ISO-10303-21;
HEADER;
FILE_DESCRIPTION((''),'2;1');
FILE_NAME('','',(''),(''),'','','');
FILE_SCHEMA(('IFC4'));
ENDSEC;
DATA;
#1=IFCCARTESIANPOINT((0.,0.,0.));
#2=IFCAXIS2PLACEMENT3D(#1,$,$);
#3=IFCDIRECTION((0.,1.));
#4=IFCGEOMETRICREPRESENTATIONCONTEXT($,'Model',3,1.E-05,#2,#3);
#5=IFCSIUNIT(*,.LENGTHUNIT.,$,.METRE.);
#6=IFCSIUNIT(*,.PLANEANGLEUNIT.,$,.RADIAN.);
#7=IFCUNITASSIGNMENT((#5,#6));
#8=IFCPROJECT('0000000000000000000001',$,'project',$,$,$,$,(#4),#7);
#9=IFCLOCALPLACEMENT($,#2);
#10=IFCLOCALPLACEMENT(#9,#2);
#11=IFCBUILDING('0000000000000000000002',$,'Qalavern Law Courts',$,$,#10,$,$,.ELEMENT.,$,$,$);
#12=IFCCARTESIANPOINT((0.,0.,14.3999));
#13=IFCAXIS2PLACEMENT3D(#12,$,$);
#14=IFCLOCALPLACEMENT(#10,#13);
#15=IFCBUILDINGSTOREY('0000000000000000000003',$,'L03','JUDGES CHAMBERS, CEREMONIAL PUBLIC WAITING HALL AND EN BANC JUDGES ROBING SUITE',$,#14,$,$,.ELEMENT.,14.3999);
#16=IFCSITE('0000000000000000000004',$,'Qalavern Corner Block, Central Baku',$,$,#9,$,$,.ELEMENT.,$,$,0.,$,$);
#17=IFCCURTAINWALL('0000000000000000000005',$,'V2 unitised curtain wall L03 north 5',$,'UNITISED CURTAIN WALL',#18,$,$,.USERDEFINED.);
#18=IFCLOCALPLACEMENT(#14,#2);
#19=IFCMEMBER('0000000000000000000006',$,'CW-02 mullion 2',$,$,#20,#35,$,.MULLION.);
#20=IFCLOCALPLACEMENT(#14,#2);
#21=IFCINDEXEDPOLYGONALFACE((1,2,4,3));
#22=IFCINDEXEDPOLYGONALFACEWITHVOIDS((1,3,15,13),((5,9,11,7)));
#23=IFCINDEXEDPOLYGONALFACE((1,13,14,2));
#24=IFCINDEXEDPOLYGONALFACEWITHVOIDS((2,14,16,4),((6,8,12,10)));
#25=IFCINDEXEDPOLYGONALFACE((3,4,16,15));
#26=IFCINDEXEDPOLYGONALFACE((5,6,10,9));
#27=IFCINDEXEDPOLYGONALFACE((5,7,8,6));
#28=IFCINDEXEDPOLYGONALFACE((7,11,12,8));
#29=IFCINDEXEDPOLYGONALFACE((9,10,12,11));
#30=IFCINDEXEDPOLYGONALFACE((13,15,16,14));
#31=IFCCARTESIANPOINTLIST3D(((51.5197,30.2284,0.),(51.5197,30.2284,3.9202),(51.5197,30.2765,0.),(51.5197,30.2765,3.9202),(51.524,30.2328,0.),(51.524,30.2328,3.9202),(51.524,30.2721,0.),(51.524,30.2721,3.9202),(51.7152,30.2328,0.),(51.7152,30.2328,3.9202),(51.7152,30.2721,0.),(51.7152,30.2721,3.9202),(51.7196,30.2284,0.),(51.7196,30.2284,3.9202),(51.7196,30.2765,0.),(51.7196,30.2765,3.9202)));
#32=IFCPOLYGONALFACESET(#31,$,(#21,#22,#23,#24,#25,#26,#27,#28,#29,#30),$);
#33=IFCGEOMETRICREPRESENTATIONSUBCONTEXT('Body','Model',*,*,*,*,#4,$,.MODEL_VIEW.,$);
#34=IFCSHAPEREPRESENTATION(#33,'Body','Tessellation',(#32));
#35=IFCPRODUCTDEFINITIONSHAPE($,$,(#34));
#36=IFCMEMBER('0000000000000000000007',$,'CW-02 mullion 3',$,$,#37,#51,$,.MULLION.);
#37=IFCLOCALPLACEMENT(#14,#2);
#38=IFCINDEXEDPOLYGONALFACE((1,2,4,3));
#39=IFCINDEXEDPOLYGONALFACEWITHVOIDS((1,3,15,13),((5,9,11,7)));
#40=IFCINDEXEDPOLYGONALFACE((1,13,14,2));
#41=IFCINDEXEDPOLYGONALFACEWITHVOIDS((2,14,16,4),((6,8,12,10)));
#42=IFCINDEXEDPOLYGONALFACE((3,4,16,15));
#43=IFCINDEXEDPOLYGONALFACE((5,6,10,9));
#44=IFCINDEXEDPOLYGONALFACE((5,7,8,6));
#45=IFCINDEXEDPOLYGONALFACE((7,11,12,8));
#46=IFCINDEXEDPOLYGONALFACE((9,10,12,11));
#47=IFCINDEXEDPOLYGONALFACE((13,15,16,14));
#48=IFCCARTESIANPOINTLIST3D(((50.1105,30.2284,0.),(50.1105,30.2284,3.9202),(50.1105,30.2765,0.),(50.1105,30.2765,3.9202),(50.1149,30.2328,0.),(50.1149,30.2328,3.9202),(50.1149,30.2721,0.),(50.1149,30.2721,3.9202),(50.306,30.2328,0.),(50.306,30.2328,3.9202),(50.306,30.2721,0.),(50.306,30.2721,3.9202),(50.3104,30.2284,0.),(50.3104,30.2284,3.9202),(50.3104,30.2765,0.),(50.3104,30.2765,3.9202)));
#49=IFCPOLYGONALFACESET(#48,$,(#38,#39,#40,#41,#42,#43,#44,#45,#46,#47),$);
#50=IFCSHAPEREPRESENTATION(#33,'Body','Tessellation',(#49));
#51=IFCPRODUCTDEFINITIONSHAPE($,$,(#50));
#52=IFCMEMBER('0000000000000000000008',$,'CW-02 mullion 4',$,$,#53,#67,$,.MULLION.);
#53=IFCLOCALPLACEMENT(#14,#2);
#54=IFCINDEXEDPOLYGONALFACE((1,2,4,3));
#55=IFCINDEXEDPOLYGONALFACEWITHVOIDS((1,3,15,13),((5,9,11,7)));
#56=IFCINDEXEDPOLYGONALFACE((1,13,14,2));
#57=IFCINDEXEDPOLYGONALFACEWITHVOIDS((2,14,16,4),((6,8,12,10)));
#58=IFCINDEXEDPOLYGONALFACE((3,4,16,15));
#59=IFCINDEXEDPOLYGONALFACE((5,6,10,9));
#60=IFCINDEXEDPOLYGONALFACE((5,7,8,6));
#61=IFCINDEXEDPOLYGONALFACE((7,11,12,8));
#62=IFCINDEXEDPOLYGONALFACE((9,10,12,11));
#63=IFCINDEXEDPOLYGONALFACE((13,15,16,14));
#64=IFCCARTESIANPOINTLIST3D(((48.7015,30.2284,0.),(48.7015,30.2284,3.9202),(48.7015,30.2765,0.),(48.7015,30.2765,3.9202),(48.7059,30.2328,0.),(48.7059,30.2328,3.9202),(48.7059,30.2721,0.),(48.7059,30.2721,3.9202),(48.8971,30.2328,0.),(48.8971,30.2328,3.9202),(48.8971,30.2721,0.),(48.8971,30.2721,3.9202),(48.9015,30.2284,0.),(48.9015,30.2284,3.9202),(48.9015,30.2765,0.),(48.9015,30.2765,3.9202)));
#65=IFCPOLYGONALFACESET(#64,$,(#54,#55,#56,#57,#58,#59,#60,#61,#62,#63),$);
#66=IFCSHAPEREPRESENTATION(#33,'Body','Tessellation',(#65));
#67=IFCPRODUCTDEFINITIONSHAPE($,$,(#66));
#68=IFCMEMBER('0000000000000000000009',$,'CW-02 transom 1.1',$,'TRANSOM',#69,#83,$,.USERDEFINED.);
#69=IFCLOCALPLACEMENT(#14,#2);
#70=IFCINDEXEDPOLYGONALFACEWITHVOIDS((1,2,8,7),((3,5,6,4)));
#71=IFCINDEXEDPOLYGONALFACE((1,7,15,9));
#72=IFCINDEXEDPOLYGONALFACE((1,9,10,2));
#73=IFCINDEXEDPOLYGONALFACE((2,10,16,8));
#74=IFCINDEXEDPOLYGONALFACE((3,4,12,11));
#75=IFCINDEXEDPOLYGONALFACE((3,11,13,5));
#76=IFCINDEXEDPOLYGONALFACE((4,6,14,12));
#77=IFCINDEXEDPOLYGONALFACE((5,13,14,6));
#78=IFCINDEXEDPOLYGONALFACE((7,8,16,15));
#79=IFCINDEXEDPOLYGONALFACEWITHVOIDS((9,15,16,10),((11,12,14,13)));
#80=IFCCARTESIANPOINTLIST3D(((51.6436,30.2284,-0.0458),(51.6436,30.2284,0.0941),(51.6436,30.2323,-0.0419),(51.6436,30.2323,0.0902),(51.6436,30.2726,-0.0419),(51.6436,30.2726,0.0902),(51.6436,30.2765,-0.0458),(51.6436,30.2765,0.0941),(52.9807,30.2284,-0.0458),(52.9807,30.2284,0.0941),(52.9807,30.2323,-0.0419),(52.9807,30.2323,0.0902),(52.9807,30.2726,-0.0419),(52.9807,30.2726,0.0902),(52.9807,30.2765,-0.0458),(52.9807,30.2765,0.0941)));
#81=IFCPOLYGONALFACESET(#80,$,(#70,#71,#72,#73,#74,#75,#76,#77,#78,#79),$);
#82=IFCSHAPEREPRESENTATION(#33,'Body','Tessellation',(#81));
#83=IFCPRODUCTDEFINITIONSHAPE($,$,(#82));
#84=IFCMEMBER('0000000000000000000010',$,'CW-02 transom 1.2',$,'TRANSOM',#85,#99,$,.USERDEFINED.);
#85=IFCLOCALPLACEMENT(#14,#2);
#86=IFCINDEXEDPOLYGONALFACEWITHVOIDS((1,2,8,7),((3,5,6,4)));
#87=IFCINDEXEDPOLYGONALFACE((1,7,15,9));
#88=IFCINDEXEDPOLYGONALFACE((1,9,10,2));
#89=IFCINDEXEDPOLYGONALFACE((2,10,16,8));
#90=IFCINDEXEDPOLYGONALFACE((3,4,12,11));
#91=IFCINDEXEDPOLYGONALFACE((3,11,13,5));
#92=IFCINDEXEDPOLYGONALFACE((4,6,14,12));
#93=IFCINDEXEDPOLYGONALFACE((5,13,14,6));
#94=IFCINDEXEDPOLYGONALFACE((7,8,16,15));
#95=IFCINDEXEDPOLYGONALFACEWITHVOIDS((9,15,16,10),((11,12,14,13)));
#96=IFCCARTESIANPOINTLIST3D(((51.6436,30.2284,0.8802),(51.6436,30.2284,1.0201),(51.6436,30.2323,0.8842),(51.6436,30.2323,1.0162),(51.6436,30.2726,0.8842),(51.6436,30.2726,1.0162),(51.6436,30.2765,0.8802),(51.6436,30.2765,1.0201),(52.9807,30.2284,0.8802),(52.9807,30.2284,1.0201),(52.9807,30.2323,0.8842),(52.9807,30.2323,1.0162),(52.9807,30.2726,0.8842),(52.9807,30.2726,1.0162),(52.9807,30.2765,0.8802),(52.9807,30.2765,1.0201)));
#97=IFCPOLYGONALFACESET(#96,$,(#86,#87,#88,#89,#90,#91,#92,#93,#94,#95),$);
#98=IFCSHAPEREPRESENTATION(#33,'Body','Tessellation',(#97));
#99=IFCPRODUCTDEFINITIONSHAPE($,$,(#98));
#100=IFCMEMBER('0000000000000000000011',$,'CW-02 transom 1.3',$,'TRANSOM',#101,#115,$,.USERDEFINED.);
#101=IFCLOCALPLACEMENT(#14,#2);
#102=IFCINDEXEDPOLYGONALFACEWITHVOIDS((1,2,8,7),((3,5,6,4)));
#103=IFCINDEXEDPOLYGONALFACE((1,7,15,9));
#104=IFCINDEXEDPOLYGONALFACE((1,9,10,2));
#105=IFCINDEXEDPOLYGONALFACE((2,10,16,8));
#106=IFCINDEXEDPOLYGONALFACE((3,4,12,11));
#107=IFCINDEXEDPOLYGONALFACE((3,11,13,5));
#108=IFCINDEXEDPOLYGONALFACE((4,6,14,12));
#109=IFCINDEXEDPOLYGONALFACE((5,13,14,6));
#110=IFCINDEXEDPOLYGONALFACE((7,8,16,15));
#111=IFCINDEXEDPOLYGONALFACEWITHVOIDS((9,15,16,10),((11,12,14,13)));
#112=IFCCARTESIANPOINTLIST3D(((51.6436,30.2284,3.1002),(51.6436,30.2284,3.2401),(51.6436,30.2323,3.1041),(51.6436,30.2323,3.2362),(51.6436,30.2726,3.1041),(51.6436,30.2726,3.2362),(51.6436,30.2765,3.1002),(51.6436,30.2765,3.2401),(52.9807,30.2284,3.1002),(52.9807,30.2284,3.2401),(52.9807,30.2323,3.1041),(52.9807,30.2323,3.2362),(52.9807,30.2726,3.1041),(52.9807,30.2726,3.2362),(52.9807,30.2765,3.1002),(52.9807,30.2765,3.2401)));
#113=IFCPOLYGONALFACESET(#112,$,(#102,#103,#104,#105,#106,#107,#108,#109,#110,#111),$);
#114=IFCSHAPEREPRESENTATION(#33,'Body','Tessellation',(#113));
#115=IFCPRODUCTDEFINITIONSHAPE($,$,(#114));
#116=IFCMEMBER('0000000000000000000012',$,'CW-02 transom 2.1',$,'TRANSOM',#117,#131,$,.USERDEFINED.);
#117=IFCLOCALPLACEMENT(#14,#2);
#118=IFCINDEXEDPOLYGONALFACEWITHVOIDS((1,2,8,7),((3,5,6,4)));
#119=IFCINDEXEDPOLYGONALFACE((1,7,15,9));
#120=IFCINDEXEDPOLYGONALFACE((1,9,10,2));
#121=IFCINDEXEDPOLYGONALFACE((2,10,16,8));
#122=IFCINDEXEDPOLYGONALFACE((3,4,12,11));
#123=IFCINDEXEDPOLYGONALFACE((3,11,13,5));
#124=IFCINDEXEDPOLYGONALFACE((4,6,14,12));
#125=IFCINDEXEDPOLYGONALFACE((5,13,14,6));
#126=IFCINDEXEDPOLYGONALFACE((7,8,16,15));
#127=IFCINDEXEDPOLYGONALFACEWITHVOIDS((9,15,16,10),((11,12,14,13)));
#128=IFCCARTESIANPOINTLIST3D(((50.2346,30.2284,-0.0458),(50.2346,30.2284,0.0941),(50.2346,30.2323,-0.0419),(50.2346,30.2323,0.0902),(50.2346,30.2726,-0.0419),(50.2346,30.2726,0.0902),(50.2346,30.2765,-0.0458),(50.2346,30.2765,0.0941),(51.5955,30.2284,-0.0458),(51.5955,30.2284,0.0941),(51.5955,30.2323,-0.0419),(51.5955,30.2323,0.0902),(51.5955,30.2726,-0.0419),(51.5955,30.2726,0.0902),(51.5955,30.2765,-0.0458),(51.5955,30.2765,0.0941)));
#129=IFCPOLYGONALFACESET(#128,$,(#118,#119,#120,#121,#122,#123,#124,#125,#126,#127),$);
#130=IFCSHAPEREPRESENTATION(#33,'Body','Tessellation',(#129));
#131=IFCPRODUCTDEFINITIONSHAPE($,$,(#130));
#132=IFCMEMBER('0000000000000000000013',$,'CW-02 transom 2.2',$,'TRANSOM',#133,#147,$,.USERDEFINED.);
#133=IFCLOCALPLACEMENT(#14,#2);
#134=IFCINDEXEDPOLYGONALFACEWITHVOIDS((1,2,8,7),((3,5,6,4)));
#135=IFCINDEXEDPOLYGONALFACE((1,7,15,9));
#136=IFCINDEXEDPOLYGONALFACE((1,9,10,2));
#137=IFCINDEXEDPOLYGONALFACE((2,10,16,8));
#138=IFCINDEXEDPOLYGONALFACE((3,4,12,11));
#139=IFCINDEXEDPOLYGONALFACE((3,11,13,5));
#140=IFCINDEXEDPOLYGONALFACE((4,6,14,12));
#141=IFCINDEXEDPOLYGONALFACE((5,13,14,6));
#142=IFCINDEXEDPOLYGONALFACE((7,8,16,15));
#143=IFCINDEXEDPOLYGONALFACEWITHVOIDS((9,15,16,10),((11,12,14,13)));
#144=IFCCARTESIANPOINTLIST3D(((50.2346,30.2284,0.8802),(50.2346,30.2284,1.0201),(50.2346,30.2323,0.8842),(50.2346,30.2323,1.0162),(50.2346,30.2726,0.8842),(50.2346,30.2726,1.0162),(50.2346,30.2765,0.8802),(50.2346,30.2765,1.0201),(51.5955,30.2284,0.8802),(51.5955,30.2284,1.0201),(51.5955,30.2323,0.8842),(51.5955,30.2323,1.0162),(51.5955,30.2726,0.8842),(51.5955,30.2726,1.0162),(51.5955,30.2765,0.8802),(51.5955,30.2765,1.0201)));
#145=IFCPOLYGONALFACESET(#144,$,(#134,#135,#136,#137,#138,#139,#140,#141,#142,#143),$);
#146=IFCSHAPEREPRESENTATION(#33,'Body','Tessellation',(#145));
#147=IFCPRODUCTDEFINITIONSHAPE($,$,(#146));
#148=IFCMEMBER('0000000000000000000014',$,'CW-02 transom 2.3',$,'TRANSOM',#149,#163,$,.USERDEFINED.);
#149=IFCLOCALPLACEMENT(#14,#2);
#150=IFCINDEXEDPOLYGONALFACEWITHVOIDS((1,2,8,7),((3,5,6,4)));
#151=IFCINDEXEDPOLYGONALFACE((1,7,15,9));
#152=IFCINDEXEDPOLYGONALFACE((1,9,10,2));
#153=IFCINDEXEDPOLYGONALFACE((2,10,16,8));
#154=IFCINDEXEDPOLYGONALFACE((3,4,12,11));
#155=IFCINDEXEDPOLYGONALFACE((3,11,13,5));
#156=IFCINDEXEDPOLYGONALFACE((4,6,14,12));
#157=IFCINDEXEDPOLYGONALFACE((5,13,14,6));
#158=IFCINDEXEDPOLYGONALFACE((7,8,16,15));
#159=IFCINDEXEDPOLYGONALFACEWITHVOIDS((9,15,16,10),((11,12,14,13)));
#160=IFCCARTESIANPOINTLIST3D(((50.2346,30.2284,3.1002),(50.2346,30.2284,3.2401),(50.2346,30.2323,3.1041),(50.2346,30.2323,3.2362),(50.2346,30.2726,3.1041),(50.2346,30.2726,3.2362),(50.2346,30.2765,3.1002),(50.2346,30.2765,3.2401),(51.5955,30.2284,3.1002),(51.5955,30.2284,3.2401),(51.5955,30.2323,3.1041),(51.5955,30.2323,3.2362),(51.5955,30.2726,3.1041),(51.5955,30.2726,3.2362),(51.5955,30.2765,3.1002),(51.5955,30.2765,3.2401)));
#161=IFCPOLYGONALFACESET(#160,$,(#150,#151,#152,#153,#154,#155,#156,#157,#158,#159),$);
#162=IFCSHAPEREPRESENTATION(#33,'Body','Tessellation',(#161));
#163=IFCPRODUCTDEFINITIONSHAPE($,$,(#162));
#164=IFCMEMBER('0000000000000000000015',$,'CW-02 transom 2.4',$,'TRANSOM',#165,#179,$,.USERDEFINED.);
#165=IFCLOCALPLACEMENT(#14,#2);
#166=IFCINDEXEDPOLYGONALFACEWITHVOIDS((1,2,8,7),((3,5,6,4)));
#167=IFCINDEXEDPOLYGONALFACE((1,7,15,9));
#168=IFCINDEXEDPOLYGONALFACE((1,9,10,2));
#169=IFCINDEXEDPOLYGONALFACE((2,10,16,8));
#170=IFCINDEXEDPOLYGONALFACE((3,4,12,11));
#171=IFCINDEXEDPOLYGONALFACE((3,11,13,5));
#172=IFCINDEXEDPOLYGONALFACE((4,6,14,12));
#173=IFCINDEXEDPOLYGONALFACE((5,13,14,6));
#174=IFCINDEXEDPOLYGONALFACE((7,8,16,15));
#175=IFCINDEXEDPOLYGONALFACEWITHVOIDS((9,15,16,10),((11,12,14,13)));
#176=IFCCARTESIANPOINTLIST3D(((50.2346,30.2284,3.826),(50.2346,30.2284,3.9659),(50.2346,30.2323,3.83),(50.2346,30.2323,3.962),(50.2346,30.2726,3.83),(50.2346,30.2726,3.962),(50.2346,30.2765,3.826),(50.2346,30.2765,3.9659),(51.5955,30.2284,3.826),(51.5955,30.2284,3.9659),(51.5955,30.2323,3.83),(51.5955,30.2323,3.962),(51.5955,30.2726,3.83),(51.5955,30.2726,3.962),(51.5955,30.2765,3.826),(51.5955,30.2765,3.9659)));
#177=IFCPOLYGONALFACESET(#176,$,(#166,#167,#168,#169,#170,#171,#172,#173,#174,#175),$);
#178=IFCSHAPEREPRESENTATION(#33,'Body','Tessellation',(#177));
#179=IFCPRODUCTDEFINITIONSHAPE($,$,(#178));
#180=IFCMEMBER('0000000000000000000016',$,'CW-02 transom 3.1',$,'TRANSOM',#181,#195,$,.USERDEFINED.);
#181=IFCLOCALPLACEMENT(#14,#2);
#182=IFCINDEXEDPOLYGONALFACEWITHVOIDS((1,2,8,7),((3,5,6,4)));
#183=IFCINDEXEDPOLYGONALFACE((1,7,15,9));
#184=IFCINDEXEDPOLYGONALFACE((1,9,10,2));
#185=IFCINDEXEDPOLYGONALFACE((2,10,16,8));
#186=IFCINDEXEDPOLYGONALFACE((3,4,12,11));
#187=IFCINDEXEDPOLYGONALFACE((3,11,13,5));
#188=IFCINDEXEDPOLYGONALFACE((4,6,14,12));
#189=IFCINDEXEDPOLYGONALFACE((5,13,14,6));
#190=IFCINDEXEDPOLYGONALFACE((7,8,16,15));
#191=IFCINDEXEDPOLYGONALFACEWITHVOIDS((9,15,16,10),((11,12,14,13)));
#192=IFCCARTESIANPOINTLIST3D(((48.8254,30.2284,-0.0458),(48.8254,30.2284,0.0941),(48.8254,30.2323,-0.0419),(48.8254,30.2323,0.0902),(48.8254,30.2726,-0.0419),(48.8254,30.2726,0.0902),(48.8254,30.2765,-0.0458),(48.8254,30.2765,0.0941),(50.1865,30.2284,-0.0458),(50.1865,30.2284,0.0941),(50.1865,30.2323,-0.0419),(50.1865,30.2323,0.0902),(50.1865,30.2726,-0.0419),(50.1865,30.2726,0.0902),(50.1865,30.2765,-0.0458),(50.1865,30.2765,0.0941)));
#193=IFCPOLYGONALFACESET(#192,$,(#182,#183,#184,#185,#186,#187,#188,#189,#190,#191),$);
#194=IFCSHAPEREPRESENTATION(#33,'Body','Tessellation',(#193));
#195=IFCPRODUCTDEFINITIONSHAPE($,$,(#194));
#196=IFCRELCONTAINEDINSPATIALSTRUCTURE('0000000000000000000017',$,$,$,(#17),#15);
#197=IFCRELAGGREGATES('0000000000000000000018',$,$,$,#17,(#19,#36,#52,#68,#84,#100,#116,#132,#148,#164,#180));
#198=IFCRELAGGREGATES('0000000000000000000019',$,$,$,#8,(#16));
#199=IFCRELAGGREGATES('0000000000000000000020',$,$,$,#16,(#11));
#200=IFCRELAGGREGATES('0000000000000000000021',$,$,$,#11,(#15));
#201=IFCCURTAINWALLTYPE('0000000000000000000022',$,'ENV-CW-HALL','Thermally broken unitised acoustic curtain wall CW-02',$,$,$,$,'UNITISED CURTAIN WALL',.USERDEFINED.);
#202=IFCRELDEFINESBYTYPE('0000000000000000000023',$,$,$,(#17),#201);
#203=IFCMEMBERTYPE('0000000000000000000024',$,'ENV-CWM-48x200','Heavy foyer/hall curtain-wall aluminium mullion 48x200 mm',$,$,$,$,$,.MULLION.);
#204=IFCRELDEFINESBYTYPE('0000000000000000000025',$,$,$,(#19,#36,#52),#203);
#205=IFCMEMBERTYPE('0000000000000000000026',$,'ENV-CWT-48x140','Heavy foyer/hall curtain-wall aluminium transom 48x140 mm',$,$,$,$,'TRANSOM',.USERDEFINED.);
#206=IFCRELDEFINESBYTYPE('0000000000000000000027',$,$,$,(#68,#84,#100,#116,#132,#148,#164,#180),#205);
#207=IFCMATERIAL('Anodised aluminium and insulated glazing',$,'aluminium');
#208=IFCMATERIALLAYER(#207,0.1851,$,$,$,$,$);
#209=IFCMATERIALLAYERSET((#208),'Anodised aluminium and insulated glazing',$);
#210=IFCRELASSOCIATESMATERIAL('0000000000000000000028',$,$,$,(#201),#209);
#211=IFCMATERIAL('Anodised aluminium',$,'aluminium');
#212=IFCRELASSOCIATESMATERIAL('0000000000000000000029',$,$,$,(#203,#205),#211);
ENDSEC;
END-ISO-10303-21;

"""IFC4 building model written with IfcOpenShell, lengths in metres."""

from ifc_helpers import new_model, si_unit, direction, frame, origin, origin_2d, place, context, subcontext, project, spatial, hollow_rectangle, extrude, material, layer, layer_set, material_profile, profile_set, type_object, element, aggregate, save


model = new_model("IFC4")

# Units and contexts
model_context = context("Model", 3, precision=1e-05, world=origin(), true_north=direction((0.0, 1.0)))
body_context = subcontext(model_context, "Body", "Model", "MODEL_VIEW")
ifc_project = project(units=[si_unit("LENGTHUNIT", "METRE"), si_unit("PLANEANGLEUNIT", "RADIAN")], contexts=[model_context])

# Site, building, storey
site_placement = place(None, origin())
site = spatial("IfcSite", under=ifc_project, at=site_placement, Name="Qalavern Corner Block, Central Baku", CompositionType="ELEMENT", RefElevation=0.0)
building_placement = place(site_placement, origin())
building = spatial("IfcBuilding", under=site, at=building_placement, Name="Qalavern Law Courts", CompositionType="ELEMENT")
storey_placement = place(building_placement, frame((0.0, 0.0, 14.3999)))
storey = spatial("IfcBuildingStorey", under=building, at=storey_placement, Name="L03", Description="JUDGES CHAMBERS, CEREMONIAL PUBLIC WAITING HALL AND EN BANC JUDGES ROBING SUITE", CompositionType="ELEMENT", Elevation=14.3999)

# Curtain wall, members
ifc_material_1 = material(Name="Anodised aluminium and insulated glazing", Category="aluminium")
ifc_layer_1 = layer(ifc_material_1, 0.1851)
ifc_layer_set_1 = layer_set([ifc_layer_1], Name="Anodised aluminium and insulated glazing")
curtain_wall_type = type_object("IfcCurtainWallType", Name="ENV-CW-HALL", Description="Thermally broken unitised acoustic curtain wall CW-02", ElementType="UNITISED CURTAIN WALL", PredefinedType="USERDEFINED", material=ifc_layer_set_1)
curtain_wall_placement = place(storey_placement, origin())
curtain_wall = element("IfcCurtainWall", 1, at=curtain_wall_placement, inside=storey, type_object=curtain_wall_type, Name="V2 unitised curtain wall L03 north 5", ObjectType="UNITISED CURTAIN WALL", PredefinedType="USERDEFINED")
ifc_material_2 = material(Name="Anodised aluminium", Category="aluminium")
ifc_material_profile_1 = material_profile(ifc_material_2, hollow_rectangle(XDim=0.0481, YDim=0.2, WallThickness=0.0044, at=origin_2d()), Name="ALU MULLION 48x200")
ifc_profile_set_1 = profile_set([ifc_material_profile_1], Name="Anodised aluminium")
member_type_1 = type_object("IfcMemberType", Name="ENV-CWM-48x200", Description="Heavy foyer/hall curtain-wall aluminium mullion 48x200 mm", PredefinedType="MULLION", material=ifc_profile_set_1)
member_1_placement = place(storey_placement, frame((51.6196, 30.2524, 0.0), z_axis=(0.0, 0.0, 1.0), x_axis=(0.0, -1.0, 0.0)))
member_1 = element("IfcMember", 2, at=member_1_placement, type_object=member_type_1, Name="CW-02 mullion 2", PredefinedType="MULLION", context=body_context, shape_type="SweptSolid", body=[
    extrude(hollow_rectangle(XDim=0.0481, YDim=0.2, WallThickness=0.0044, at=origin_2d()), origin(), (0.0, 0.0, 1.0), 3.9202),
])
member_2_placement = place(storey_placement, frame((50.2104, 30.2524, 0.0), z_axis=(0.0, 0.0, 1.0), x_axis=(0.0, -1.0, 0.0)))
member_2 = element("IfcMember", 3, at=member_2_placement, type_object=member_type_1, Name="CW-02 mullion 3", PredefinedType="MULLION", context=body_context, shape_type="SweptSolid", body=[
    extrude(hollow_rectangle(XDim=0.0481, YDim=0.2, WallThickness=0.0044, at=origin_2d()), origin(), (0.0, 0.0, 1.0), 3.9202),
])
member_3_placement = place(storey_placement, frame((48.8015, 30.2524, 0.0), z_axis=(0.0, 0.0, 1.0), x_axis=(0.0, -1.0, 0.0)))
member_3 = element("IfcMember", 4, at=member_3_placement, type_object=member_type_1, Name="CW-02 mullion 4", PredefinedType="MULLION", context=body_context, shape_type="SweptSolid", body=[
    extrude(hollow_rectangle(XDim=0.0481, YDim=0.2, WallThickness=0.0044, at=origin_2d()), origin(), (0.0, 0.0, 1.0), 3.9202),
])
ifc_material_profile_2 = material_profile(ifc_material_2, hollow_rectangle(XDim=0.0481, YDim=0.1399, WallThickness=0.0039, at=origin_2d()), Name="ALU TRANSOM 48x140")
ifc_profile_set_2 = profile_set([ifc_material_profile_2], Name="Anodised aluminium")
member_type_2 = type_object("IfcMemberType", Name="ENV-CWT-48x140", Description="Heavy foyer/hall curtain-wall aluminium transom 48x140 mm", ElementType="TRANSOM", PredefinedType="USERDEFINED", material=ifc_profile_set_2)
member_4_placement = place(storey_placement, frame((52.9807, 30.2524, 0.0242), z_axis=(-1.0, 0.0, 0.0), x_axis=(0.0, -1.0, 0.0)))
member_4 = element("IfcMember", 5, at=member_4_placement, type_object=member_type_2, Name="CW-02 transom 1.1", ObjectType="TRANSOM", PredefinedType="USERDEFINED", context=body_context, shape_type="SweptSolid", body=[
    extrude(hollow_rectangle(XDim=0.0481, YDim=0.1399, WallThickness=0.0039, at=origin_2d()), origin(), (0.0, 0.0, 1.0), 1.3372),
])
member_5_placement = place(storey_placement, frame((52.9807, 30.2524, 0.9502), z_axis=(-1.0, 0.0, 0.0), x_axis=(0.0, -1.0, 0.0)))
member_5 = element("IfcMember", 6, at=member_5_placement, type_object=member_type_2, Name="CW-02 transom 1.2", ObjectType="TRANSOM", PredefinedType="USERDEFINED", context=body_context, shape_type="SweptSolid", body=[
    extrude(hollow_rectangle(XDim=0.0481, YDim=0.1399, WallThickness=0.0039, at=origin_2d()), origin(), (0.0, 0.0, 1.0), 1.3372),
])
member_6_placement = place(storey_placement, frame((52.9807, 30.2524, 3.1702), z_axis=(-1.0, 0.0, 0.0), x_axis=(0.0, -1.0, 0.0)))
member_6 = element("IfcMember", 7, at=member_6_placement, type_object=member_type_2, Name="CW-02 transom 1.3", ObjectType="TRANSOM", PredefinedType="USERDEFINED", context=body_context, shape_type="SweptSolid", body=[
    extrude(hollow_rectangle(XDim=0.0481, YDim=0.1399, WallThickness=0.0039, at=origin_2d()), origin(), (0.0, 0.0, 1.0), 1.3372),
])
member_7_placement = place(storey_placement, frame((51.5955, 30.2524, 0.0242), z_axis=(-1.0, 0.0, 0.0), x_axis=(0.0, -1.0, 0.0)))
member_7 = element("IfcMember", 8, at=member_7_placement, type_object=member_type_2, Name="CW-02 transom 2.1", ObjectType="TRANSOM", PredefinedType="USERDEFINED", context=body_context, shape_type="SweptSolid", body=[
    extrude(hollow_rectangle(XDim=0.0481, YDim=0.1399, WallThickness=0.0039, at=origin_2d()), origin(), (0.0, 0.0, 1.0), 1.3608),
])
member_8_placement = place(storey_placement, frame((51.5955, 30.2524, 0.9502), z_axis=(-1.0, 0.0, 0.0), x_axis=(0.0, -1.0, 0.0)))
member_8 = element("IfcMember", 9, at=member_8_placement, type_object=member_type_2, Name="CW-02 transom 2.2", ObjectType="TRANSOM", PredefinedType="USERDEFINED", context=body_context, shape_type="SweptSolid", body=[
    extrude(hollow_rectangle(XDim=0.0481, YDim=0.1399, WallThickness=0.0039, at=origin_2d()), origin(), (0.0, 0.0, 1.0), 1.3608),
])
member_9_placement = place(storey_placement, frame((51.5955, 30.2524, 3.1702), z_axis=(-1.0, 0.0, 0.0), x_axis=(0.0, -1.0, 0.0)))
member_9 = element("IfcMember", 10, at=member_9_placement, type_object=member_type_2, Name="CW-02 transom 2.3", ObjectType="TRANSOM", PredefinedType="USERDEFINED", context=body_context, shape_type="SweptSolid", body=[
    extrude(hollow_rectangle(XDim=0.0481, YDim=0.1399, WallThickness=0.0039, at=origin_2d()), origin(), (0.0, 0.0, 1.0), 1.3608),
])
member_10_placement = place(storey_placement, frame((51.5955, 30.2524, 3.896), z_axis=(-1.0, 0.0, 0.0), x_axis=(0.0, -1.0, 0.0)))
member_10 = element("IfcMember", 11, at=member_10_placement, type_object=member_type_2, Name="CW-02 transom 2.4", ObjectType="TRANSOM", PredefinedType="USERDEFINED", context=body_context, shape_type="SweptSolid", body=[
    extrude(hollow_rectangle(XDim=0.0481, YDim=0.1399, WallThickness=0.0039, at=origin_2d()), origin(), (0.0, 0.0, 1.0), 1.3608),
])
member_11_placement = place(storey_placement, frame((50.1865, 30.2524, 0.0242), z_axis=(-1.0, 0.0, 0.0), x_axis=(0.0, -1.0, 0.0)))
member_11 = element("IfcMember", 12, at=member_11_placement, type_object=member_type_2, Name="CW-02 transom 3.1", ObjectType="TRANSOM", PredefinedType="USERDEFINED", context=body_context, shape_type="SweptSolid", body=[
    extrude(hollow_rectangle(XDim=0.0481, YDim=0.1399, WallThickness=0.0039, at=origin_2d()), origin(), (0.0, 0.0, 1.0), 1.3611),
])
aggregate(curtain_wall, [member_1, member_2, member_3, member_4, member_5, member_6, member_7, member_8, member_9, member_10, member_11])

save(model, "model.ifc")
